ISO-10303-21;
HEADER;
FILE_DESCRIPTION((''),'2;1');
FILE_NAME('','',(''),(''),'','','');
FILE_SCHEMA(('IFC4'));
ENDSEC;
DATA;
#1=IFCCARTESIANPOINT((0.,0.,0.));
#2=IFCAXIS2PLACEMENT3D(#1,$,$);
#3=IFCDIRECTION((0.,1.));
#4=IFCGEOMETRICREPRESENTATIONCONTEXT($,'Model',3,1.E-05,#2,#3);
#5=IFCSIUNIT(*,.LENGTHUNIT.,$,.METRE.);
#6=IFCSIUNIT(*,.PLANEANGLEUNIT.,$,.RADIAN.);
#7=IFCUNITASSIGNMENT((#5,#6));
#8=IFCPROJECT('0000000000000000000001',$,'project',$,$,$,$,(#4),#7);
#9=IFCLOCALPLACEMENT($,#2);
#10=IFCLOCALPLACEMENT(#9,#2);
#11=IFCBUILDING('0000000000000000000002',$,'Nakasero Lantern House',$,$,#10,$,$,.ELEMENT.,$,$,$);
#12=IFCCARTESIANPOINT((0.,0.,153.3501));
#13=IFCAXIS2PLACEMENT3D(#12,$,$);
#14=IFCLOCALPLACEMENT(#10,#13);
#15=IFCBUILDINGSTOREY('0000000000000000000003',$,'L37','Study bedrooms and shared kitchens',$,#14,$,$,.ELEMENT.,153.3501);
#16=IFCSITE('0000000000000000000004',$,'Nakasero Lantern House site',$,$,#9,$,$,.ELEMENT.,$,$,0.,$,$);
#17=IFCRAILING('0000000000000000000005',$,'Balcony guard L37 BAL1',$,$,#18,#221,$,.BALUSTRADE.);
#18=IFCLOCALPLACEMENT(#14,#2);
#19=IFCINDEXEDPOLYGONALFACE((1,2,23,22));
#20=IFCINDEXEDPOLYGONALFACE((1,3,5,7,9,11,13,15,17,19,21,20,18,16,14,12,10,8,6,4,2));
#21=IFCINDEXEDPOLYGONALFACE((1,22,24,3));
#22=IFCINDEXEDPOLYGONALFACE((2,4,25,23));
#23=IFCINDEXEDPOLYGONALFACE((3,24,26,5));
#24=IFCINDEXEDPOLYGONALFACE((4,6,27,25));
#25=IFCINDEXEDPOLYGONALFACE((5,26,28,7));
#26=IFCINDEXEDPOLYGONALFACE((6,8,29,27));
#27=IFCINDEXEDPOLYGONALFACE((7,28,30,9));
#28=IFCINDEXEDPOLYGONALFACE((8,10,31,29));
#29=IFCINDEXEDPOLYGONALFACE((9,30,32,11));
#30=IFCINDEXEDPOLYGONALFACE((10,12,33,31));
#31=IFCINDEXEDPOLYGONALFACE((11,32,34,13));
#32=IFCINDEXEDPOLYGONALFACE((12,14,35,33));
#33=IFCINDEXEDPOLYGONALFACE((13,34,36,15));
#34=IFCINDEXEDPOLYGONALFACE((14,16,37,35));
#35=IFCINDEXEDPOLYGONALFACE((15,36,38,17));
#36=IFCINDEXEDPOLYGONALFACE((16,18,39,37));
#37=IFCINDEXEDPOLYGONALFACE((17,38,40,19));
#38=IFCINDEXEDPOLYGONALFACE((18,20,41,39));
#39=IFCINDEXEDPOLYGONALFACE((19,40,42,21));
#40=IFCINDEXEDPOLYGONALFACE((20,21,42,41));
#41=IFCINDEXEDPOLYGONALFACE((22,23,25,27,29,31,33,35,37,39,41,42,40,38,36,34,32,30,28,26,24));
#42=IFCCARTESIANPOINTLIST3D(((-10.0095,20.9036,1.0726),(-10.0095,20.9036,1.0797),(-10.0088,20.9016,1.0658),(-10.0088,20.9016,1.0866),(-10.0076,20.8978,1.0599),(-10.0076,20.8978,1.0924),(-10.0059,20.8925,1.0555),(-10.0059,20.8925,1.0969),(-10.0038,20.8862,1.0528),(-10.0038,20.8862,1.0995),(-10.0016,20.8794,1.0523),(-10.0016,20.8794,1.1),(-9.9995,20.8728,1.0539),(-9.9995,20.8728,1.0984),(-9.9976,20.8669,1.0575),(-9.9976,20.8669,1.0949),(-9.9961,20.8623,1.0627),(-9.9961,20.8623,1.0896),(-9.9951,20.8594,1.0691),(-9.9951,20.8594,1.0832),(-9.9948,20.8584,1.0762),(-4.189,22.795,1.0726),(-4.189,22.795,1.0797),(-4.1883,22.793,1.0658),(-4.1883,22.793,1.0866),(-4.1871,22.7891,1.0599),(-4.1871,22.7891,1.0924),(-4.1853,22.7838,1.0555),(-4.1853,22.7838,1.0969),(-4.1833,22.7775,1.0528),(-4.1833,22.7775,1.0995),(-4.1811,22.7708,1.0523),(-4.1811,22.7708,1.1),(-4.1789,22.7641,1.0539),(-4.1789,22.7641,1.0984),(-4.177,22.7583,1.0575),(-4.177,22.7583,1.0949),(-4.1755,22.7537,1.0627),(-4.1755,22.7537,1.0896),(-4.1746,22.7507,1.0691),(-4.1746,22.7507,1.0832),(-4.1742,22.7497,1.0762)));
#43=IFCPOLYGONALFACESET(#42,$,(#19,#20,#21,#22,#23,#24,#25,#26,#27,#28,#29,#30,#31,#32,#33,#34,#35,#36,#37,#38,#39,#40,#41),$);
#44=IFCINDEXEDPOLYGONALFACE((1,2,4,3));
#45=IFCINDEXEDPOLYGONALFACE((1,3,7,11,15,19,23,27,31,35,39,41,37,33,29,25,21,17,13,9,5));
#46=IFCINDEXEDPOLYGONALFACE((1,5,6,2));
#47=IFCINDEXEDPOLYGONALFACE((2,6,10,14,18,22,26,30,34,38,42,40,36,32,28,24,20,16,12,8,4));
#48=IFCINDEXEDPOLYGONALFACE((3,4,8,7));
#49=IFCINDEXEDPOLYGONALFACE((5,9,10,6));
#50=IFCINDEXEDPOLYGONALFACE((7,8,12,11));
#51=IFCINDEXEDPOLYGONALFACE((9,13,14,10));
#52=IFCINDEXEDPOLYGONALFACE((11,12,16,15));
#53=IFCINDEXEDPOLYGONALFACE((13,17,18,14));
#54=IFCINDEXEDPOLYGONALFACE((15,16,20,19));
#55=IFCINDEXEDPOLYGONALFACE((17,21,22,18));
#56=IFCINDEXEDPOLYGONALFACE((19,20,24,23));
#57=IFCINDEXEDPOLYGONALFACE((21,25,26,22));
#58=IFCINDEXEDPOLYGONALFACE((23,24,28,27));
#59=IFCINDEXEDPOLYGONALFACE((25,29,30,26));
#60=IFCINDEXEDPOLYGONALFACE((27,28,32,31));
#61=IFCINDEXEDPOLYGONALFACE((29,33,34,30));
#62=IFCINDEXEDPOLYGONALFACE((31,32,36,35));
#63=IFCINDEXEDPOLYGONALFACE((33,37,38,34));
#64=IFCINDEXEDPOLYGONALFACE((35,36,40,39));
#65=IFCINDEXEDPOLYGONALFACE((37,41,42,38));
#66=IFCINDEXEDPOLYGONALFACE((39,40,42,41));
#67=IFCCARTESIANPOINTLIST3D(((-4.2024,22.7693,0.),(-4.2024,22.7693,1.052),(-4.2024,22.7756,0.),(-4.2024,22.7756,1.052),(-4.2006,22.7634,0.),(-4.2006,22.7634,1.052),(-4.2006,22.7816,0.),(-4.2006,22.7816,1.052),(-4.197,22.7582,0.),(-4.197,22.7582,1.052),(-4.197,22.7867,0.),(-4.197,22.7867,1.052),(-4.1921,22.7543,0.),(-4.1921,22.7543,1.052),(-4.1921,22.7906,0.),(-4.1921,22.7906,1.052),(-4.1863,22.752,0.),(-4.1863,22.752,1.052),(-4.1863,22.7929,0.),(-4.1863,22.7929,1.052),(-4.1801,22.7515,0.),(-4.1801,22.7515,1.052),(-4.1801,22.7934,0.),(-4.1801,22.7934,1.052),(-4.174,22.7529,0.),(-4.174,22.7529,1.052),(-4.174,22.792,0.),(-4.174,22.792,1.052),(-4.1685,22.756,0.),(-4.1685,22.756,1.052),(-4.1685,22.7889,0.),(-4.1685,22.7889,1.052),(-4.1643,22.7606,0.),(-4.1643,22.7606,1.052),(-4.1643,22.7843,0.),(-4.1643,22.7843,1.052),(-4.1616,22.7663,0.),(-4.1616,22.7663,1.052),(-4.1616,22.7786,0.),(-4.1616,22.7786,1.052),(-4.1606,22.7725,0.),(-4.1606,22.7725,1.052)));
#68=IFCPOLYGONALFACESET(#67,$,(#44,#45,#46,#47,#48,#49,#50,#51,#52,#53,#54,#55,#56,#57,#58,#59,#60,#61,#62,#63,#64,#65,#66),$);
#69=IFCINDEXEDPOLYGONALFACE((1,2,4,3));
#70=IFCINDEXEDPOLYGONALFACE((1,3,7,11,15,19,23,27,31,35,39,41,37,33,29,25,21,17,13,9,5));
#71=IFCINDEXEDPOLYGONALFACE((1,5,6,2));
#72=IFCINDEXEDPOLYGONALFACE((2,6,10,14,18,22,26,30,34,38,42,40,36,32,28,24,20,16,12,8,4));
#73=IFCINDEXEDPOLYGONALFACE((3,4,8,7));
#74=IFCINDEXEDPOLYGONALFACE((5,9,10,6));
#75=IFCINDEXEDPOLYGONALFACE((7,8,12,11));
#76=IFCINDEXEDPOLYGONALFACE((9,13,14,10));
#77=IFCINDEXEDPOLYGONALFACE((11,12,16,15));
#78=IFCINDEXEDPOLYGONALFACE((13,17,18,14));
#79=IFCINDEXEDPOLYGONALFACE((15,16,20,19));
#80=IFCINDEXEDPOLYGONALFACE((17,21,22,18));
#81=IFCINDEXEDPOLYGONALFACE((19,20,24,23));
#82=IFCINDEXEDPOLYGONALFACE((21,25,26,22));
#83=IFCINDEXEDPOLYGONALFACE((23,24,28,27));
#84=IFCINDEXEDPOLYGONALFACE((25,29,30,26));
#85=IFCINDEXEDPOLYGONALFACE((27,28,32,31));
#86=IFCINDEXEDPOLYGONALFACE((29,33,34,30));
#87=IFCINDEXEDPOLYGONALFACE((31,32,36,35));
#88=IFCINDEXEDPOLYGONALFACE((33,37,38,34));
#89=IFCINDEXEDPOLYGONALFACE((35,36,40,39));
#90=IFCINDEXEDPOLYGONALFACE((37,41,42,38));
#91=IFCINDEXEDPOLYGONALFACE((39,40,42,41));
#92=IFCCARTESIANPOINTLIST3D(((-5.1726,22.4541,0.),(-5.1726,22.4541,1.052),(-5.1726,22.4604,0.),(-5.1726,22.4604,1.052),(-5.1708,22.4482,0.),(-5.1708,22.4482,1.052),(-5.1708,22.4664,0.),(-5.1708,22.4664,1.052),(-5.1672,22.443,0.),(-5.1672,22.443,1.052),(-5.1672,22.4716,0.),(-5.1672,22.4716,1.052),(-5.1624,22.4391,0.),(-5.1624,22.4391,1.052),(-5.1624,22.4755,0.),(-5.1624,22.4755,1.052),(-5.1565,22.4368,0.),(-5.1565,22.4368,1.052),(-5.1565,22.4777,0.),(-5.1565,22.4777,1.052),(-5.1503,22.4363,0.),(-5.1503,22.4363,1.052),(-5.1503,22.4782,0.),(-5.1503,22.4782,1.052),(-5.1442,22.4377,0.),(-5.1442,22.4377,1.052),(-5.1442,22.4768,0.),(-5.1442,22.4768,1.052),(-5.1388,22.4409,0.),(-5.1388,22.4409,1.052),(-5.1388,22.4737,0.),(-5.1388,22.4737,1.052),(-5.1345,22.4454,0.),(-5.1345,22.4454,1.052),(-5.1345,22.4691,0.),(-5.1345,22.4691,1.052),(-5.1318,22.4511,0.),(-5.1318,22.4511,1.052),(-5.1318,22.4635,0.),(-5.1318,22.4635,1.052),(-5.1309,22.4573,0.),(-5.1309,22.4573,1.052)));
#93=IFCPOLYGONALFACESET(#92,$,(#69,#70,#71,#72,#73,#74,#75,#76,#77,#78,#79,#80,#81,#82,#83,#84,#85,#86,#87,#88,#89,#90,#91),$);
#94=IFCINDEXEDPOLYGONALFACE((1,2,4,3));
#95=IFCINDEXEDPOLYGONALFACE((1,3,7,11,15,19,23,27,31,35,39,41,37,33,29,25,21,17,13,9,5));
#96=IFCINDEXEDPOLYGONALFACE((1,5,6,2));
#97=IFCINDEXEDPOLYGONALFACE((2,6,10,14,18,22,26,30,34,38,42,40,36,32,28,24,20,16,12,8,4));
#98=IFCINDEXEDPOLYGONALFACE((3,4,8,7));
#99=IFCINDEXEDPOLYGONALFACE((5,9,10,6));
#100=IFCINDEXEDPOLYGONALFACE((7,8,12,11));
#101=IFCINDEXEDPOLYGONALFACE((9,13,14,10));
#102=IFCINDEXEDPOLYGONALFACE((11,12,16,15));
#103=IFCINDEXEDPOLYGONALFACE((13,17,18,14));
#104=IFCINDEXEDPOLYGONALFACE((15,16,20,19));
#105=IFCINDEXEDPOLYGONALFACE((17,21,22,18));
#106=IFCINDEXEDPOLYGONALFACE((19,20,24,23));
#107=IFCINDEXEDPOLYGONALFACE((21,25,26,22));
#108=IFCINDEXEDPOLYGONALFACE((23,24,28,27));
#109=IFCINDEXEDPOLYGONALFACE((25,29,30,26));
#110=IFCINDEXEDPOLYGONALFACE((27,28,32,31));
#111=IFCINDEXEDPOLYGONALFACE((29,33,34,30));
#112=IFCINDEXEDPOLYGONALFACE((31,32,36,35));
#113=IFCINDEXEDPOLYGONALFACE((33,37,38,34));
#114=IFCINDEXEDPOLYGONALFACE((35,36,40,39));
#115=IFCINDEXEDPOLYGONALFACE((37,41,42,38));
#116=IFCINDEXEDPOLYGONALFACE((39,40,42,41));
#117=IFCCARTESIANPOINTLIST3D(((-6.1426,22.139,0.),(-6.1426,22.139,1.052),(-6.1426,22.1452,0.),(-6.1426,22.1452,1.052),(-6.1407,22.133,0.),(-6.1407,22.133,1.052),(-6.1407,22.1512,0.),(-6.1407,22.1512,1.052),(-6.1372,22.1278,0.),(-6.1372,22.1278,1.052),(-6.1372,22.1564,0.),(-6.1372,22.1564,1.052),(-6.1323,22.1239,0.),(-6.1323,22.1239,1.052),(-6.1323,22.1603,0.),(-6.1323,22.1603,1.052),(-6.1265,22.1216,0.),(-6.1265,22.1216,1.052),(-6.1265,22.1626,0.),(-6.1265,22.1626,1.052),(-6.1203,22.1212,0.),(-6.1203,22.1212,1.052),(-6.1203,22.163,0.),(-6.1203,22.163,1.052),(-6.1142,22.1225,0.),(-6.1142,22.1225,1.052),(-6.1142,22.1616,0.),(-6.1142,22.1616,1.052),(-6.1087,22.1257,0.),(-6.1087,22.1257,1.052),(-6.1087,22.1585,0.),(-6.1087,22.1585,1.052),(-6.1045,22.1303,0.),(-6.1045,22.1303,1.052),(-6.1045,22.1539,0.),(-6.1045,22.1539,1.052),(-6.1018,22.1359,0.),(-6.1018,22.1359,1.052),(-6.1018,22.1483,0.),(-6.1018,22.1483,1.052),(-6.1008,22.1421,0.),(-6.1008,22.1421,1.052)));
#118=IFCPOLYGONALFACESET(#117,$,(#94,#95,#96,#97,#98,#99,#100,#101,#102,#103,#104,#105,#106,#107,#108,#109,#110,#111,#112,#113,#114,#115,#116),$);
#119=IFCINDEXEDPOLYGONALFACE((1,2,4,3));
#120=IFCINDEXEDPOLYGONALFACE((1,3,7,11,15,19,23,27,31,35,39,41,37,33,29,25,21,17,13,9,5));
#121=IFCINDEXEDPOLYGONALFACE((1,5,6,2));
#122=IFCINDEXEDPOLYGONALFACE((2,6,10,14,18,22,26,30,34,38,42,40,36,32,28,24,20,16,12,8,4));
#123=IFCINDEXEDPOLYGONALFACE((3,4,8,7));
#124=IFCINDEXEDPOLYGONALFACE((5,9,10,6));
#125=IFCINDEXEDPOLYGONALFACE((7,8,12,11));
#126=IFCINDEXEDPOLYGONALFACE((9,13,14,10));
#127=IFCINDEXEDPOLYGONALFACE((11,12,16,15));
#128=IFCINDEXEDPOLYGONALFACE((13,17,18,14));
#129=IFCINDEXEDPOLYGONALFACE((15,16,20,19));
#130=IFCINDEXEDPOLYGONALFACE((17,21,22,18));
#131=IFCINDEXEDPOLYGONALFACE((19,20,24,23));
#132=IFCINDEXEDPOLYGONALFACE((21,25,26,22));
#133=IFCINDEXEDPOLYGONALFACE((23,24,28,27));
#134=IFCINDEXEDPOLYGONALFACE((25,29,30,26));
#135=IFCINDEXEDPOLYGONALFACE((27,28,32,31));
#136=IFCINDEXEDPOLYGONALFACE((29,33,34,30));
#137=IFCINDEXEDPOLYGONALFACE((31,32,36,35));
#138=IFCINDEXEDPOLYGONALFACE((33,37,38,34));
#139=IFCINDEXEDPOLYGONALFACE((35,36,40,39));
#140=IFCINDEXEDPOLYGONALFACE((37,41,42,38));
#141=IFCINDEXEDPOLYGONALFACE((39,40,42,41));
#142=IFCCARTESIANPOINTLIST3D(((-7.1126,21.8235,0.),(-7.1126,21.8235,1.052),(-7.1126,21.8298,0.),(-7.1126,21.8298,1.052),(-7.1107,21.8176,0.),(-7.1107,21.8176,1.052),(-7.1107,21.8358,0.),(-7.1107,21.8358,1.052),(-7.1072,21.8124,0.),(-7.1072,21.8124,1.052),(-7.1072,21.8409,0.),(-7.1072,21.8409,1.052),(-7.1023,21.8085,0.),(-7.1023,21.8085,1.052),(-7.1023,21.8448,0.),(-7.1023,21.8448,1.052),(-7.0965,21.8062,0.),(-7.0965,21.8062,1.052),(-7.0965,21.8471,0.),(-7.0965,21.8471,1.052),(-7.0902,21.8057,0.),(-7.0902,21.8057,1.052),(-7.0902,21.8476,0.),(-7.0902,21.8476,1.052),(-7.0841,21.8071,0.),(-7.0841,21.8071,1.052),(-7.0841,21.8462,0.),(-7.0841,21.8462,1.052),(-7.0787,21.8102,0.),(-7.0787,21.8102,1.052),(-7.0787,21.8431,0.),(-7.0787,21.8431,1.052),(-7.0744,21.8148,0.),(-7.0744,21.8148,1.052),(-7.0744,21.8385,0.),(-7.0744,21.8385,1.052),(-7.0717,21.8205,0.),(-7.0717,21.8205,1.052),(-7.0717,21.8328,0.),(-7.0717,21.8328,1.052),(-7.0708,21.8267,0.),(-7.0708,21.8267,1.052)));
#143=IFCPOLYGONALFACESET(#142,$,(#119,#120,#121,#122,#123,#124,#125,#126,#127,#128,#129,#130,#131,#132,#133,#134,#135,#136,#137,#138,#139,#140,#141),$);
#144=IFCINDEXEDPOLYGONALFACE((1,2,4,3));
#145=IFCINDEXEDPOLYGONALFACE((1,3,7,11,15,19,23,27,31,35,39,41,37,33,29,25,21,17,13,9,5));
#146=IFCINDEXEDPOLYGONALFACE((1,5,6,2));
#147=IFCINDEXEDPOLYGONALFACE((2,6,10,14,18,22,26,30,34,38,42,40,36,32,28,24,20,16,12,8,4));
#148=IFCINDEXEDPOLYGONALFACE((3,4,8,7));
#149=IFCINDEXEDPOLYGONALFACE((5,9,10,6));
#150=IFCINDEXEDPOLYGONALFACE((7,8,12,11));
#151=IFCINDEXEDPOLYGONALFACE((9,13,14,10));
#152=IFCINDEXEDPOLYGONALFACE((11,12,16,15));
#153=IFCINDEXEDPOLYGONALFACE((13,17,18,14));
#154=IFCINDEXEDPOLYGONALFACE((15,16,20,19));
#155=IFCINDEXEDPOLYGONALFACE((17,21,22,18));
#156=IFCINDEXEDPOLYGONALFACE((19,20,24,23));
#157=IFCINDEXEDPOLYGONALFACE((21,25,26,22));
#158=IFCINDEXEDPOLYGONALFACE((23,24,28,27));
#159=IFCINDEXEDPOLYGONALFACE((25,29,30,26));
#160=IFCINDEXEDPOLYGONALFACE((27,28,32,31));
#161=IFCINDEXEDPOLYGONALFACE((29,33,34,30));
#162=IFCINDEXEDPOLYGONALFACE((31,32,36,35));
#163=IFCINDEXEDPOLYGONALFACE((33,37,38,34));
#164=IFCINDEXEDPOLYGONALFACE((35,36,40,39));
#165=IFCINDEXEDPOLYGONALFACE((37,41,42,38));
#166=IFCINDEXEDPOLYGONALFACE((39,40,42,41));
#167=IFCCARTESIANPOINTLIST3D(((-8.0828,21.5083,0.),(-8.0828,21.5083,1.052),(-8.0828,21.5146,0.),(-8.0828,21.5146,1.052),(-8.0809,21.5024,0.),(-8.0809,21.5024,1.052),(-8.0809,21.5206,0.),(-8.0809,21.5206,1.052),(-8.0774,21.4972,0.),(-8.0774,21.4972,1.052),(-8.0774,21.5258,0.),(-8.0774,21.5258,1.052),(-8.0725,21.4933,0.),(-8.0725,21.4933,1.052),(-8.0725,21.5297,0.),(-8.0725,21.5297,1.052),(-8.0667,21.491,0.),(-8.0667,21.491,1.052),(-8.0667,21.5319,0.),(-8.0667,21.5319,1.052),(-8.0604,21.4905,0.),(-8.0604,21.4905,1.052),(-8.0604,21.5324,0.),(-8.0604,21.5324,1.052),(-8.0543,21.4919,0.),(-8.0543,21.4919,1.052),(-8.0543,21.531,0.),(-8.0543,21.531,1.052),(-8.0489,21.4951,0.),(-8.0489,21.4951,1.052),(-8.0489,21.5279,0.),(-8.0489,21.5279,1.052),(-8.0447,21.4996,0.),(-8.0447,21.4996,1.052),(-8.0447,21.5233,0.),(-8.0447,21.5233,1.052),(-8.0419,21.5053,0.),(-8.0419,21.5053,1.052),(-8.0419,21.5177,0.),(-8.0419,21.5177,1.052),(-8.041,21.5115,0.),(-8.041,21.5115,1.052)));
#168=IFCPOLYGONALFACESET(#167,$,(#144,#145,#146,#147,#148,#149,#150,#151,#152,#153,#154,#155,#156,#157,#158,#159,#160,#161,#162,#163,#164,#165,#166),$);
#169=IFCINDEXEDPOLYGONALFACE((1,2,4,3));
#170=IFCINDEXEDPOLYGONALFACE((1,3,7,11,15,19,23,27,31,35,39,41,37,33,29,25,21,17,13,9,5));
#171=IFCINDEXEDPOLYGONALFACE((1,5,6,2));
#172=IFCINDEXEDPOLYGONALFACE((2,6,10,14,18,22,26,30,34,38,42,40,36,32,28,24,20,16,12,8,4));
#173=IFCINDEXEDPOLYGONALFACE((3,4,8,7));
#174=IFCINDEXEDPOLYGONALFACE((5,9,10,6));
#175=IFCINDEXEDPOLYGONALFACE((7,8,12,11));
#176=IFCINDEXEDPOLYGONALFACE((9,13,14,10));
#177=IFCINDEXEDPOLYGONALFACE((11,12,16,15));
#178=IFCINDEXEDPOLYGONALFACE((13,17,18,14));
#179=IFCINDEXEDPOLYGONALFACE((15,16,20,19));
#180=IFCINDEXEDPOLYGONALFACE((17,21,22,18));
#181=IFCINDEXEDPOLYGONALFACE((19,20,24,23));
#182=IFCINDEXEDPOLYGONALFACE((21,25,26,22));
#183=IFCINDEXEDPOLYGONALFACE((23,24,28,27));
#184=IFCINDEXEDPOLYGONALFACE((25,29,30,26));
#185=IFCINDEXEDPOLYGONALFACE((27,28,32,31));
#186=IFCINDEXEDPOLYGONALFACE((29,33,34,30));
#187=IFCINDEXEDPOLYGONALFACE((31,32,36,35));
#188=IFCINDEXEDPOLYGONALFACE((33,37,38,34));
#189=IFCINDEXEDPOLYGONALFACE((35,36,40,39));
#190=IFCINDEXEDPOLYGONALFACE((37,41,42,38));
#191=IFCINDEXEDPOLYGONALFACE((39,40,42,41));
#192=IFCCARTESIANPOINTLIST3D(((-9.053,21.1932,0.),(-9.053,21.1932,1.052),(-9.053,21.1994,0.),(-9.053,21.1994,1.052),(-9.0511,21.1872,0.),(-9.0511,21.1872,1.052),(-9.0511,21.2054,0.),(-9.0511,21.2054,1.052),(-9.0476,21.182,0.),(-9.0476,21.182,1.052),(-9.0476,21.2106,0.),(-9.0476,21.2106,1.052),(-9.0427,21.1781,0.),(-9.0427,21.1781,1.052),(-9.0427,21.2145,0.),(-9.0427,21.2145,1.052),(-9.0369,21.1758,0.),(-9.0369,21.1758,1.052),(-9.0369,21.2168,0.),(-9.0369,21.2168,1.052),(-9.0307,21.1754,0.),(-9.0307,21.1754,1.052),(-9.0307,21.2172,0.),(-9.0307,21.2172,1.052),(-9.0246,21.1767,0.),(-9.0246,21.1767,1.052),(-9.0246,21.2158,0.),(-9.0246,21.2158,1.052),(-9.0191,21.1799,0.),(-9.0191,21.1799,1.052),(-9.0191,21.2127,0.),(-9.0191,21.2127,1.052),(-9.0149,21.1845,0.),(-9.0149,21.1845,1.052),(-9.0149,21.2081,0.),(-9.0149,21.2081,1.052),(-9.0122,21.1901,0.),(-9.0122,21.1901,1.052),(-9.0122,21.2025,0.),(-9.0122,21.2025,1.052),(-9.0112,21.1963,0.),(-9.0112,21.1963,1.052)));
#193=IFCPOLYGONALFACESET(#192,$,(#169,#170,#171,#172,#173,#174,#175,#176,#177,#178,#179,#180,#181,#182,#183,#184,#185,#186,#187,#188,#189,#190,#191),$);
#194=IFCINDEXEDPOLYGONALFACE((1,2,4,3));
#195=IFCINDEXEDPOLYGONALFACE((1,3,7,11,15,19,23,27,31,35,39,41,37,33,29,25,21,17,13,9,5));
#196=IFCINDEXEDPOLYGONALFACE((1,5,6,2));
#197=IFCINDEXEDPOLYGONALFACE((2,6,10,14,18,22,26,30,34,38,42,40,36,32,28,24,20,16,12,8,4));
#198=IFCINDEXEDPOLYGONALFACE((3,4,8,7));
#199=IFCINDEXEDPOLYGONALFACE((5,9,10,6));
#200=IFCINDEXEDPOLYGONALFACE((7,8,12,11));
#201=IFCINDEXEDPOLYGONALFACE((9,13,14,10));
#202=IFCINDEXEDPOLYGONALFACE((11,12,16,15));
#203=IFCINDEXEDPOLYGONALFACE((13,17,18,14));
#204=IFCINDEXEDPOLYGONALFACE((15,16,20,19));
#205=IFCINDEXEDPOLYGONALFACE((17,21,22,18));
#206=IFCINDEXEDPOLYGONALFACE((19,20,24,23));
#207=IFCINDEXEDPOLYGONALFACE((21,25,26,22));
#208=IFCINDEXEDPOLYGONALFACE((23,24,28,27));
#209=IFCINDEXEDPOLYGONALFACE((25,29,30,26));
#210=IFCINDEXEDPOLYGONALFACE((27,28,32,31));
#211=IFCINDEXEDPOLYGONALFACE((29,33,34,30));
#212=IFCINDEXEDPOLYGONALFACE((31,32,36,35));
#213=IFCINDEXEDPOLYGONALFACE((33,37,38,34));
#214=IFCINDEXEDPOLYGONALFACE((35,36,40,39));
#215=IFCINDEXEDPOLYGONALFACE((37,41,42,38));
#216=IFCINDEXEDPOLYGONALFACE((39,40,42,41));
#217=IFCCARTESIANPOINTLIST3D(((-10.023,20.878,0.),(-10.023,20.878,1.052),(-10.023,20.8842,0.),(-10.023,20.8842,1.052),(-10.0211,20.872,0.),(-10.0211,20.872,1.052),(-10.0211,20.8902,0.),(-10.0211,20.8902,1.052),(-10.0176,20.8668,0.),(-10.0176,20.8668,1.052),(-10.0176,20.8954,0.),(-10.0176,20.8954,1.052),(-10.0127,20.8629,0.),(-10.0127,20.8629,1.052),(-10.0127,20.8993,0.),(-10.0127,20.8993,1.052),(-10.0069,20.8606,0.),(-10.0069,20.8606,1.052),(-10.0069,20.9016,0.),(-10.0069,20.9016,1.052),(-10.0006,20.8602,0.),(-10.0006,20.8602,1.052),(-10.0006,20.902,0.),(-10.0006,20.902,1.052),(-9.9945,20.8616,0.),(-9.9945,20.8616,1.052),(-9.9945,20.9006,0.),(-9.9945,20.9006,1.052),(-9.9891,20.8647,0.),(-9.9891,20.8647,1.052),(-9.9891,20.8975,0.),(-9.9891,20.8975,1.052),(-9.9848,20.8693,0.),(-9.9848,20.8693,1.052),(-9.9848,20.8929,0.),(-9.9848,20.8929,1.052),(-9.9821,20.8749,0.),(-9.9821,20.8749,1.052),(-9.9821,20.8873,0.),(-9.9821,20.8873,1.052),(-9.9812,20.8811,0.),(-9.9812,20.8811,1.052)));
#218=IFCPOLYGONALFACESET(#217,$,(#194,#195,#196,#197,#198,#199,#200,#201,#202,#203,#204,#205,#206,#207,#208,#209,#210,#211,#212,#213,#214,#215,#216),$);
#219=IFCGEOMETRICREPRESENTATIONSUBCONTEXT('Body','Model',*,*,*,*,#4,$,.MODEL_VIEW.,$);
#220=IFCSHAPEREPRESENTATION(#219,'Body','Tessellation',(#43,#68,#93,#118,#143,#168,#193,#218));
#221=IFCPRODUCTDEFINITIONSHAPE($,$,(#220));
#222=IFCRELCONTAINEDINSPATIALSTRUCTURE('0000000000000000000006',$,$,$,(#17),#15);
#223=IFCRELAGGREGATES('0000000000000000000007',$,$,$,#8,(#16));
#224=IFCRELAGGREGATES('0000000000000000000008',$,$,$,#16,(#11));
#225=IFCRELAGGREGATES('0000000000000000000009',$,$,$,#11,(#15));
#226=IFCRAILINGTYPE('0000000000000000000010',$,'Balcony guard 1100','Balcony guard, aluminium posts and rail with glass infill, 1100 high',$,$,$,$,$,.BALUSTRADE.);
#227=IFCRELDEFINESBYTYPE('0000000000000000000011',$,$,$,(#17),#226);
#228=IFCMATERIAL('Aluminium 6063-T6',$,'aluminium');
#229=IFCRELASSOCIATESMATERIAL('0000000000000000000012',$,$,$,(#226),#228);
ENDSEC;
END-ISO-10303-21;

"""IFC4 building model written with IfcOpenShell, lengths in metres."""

from ifc_helpers import new_model, si_unit, direction, frame, origin, origin_2d, place, context, subcontext, project, spatial, circle, extrude, material, type_object, element, save


model = new_model("IFC4")

# Units and contexts
model_context = context("Model", 3, precision=1e-05, world=origin(), true_north=direction((0.0, 1.0)))
body_context = subcontext(model_context, "Body", "Model", "MODEL_VIEW")
ifc_project = project(units=[si_unit("LENGTHUNIT", "METRE"), si_unit("PLANEANGLEUNIT", "RADIAN")], contexts=[model_context])

# Site, building, storey
site_placement = place(None, origin())
site = spatial("IfcSite", under=ifc_project, at=site_placement, Name="Nakasero Lantern House site", CompositionType="ELEMENT", RefElevation=0.0)
building_placement = place(site_placement, origin())
building = spatial("IfcBuilding", under=site, at=building_placement, Name="Nakasero Lantern House", CompositionType="ELEMENT")
storey_placement = place(building_placement, frame((0.0, 0.0, 153.3501)))
storey = spatial("IfcBuildingStorey", under=building, at=storey_placement, Name="L37", Description="Study bedrooms and shared kitchens", CompositionType="ELEMENT", Elevation=153.3501)

# Railing
ifc_material_1 = material(Name="Aluminium 6063-T6", Category="aluminium")
railing_type = type_object("IfcRailingType", Name="Balcony guard 1100", Description="Balcony guard, aluminium posts and rail with glass infill, 1100 high", PredefinedType="BALUSTRADE", material=ifc_material_1)
railing_placement = place(storey_placement, frame((-4.1816, 22.7725, 0.0)))
element("IfcRailing", 1, at=railing_placement, inside=storey, type_object=railing_type, Name="Balcony guard L37 BAL1", PredefinedType="BALUSTRADE", context=body_context, shape_type="SweptSolid", body=[
    extrude(circle(Radius=0.0239, at=origin_2d()), frame((0.0, 0.0, 1.0762), z_axis=(-0.95105, -0.309038, 0.0), x_axis=(0.309038, -0.95105, 0.0)), (0.0, 0.0, 1.0), 6.1201),
    extrude(circle(Radius=0.021, at=origin_2d()), origin(), (0.0, 0.0, 1.0), 1.052),
    extrude(circle(Radius=0.021, at=origin_2d()), frame((-0.9702, -0.3152, 0.0)), (0.0, 0.0, 1.0), 1.052),
    extrude(circle(Radius=0.021, at=origin_2d()), frame((-1.9402, -0.6304, 0.0)), (0.0, 0.0, 1.0), 1.052),
    extrude(circle(Radius=0.021, at=origin_2d()), frame((-2.9102, -0.9458, 0.0)), (0.0, 0.0, 1.0), 1.052),
    extrude(circle(Radius=0.021, at=origin_2d()), frame((-3.8804, -1.261, 0.0)), (0.0, 0.0, 1.0), 1.052),
    extrude(circle(Radius=0.021, at=origin_2d()), frame((-4.8506, -1.5762, 0.0)), (0.0, 0.0, 1.0), 1.052),
    extrude(circle(Radius=0.021, at=origin_2d()), frame((-5.8206, -1.8914, 0.0)), (0.0, 0.0, 1.0), 1.052),
])

save(model, "model.ifc")
